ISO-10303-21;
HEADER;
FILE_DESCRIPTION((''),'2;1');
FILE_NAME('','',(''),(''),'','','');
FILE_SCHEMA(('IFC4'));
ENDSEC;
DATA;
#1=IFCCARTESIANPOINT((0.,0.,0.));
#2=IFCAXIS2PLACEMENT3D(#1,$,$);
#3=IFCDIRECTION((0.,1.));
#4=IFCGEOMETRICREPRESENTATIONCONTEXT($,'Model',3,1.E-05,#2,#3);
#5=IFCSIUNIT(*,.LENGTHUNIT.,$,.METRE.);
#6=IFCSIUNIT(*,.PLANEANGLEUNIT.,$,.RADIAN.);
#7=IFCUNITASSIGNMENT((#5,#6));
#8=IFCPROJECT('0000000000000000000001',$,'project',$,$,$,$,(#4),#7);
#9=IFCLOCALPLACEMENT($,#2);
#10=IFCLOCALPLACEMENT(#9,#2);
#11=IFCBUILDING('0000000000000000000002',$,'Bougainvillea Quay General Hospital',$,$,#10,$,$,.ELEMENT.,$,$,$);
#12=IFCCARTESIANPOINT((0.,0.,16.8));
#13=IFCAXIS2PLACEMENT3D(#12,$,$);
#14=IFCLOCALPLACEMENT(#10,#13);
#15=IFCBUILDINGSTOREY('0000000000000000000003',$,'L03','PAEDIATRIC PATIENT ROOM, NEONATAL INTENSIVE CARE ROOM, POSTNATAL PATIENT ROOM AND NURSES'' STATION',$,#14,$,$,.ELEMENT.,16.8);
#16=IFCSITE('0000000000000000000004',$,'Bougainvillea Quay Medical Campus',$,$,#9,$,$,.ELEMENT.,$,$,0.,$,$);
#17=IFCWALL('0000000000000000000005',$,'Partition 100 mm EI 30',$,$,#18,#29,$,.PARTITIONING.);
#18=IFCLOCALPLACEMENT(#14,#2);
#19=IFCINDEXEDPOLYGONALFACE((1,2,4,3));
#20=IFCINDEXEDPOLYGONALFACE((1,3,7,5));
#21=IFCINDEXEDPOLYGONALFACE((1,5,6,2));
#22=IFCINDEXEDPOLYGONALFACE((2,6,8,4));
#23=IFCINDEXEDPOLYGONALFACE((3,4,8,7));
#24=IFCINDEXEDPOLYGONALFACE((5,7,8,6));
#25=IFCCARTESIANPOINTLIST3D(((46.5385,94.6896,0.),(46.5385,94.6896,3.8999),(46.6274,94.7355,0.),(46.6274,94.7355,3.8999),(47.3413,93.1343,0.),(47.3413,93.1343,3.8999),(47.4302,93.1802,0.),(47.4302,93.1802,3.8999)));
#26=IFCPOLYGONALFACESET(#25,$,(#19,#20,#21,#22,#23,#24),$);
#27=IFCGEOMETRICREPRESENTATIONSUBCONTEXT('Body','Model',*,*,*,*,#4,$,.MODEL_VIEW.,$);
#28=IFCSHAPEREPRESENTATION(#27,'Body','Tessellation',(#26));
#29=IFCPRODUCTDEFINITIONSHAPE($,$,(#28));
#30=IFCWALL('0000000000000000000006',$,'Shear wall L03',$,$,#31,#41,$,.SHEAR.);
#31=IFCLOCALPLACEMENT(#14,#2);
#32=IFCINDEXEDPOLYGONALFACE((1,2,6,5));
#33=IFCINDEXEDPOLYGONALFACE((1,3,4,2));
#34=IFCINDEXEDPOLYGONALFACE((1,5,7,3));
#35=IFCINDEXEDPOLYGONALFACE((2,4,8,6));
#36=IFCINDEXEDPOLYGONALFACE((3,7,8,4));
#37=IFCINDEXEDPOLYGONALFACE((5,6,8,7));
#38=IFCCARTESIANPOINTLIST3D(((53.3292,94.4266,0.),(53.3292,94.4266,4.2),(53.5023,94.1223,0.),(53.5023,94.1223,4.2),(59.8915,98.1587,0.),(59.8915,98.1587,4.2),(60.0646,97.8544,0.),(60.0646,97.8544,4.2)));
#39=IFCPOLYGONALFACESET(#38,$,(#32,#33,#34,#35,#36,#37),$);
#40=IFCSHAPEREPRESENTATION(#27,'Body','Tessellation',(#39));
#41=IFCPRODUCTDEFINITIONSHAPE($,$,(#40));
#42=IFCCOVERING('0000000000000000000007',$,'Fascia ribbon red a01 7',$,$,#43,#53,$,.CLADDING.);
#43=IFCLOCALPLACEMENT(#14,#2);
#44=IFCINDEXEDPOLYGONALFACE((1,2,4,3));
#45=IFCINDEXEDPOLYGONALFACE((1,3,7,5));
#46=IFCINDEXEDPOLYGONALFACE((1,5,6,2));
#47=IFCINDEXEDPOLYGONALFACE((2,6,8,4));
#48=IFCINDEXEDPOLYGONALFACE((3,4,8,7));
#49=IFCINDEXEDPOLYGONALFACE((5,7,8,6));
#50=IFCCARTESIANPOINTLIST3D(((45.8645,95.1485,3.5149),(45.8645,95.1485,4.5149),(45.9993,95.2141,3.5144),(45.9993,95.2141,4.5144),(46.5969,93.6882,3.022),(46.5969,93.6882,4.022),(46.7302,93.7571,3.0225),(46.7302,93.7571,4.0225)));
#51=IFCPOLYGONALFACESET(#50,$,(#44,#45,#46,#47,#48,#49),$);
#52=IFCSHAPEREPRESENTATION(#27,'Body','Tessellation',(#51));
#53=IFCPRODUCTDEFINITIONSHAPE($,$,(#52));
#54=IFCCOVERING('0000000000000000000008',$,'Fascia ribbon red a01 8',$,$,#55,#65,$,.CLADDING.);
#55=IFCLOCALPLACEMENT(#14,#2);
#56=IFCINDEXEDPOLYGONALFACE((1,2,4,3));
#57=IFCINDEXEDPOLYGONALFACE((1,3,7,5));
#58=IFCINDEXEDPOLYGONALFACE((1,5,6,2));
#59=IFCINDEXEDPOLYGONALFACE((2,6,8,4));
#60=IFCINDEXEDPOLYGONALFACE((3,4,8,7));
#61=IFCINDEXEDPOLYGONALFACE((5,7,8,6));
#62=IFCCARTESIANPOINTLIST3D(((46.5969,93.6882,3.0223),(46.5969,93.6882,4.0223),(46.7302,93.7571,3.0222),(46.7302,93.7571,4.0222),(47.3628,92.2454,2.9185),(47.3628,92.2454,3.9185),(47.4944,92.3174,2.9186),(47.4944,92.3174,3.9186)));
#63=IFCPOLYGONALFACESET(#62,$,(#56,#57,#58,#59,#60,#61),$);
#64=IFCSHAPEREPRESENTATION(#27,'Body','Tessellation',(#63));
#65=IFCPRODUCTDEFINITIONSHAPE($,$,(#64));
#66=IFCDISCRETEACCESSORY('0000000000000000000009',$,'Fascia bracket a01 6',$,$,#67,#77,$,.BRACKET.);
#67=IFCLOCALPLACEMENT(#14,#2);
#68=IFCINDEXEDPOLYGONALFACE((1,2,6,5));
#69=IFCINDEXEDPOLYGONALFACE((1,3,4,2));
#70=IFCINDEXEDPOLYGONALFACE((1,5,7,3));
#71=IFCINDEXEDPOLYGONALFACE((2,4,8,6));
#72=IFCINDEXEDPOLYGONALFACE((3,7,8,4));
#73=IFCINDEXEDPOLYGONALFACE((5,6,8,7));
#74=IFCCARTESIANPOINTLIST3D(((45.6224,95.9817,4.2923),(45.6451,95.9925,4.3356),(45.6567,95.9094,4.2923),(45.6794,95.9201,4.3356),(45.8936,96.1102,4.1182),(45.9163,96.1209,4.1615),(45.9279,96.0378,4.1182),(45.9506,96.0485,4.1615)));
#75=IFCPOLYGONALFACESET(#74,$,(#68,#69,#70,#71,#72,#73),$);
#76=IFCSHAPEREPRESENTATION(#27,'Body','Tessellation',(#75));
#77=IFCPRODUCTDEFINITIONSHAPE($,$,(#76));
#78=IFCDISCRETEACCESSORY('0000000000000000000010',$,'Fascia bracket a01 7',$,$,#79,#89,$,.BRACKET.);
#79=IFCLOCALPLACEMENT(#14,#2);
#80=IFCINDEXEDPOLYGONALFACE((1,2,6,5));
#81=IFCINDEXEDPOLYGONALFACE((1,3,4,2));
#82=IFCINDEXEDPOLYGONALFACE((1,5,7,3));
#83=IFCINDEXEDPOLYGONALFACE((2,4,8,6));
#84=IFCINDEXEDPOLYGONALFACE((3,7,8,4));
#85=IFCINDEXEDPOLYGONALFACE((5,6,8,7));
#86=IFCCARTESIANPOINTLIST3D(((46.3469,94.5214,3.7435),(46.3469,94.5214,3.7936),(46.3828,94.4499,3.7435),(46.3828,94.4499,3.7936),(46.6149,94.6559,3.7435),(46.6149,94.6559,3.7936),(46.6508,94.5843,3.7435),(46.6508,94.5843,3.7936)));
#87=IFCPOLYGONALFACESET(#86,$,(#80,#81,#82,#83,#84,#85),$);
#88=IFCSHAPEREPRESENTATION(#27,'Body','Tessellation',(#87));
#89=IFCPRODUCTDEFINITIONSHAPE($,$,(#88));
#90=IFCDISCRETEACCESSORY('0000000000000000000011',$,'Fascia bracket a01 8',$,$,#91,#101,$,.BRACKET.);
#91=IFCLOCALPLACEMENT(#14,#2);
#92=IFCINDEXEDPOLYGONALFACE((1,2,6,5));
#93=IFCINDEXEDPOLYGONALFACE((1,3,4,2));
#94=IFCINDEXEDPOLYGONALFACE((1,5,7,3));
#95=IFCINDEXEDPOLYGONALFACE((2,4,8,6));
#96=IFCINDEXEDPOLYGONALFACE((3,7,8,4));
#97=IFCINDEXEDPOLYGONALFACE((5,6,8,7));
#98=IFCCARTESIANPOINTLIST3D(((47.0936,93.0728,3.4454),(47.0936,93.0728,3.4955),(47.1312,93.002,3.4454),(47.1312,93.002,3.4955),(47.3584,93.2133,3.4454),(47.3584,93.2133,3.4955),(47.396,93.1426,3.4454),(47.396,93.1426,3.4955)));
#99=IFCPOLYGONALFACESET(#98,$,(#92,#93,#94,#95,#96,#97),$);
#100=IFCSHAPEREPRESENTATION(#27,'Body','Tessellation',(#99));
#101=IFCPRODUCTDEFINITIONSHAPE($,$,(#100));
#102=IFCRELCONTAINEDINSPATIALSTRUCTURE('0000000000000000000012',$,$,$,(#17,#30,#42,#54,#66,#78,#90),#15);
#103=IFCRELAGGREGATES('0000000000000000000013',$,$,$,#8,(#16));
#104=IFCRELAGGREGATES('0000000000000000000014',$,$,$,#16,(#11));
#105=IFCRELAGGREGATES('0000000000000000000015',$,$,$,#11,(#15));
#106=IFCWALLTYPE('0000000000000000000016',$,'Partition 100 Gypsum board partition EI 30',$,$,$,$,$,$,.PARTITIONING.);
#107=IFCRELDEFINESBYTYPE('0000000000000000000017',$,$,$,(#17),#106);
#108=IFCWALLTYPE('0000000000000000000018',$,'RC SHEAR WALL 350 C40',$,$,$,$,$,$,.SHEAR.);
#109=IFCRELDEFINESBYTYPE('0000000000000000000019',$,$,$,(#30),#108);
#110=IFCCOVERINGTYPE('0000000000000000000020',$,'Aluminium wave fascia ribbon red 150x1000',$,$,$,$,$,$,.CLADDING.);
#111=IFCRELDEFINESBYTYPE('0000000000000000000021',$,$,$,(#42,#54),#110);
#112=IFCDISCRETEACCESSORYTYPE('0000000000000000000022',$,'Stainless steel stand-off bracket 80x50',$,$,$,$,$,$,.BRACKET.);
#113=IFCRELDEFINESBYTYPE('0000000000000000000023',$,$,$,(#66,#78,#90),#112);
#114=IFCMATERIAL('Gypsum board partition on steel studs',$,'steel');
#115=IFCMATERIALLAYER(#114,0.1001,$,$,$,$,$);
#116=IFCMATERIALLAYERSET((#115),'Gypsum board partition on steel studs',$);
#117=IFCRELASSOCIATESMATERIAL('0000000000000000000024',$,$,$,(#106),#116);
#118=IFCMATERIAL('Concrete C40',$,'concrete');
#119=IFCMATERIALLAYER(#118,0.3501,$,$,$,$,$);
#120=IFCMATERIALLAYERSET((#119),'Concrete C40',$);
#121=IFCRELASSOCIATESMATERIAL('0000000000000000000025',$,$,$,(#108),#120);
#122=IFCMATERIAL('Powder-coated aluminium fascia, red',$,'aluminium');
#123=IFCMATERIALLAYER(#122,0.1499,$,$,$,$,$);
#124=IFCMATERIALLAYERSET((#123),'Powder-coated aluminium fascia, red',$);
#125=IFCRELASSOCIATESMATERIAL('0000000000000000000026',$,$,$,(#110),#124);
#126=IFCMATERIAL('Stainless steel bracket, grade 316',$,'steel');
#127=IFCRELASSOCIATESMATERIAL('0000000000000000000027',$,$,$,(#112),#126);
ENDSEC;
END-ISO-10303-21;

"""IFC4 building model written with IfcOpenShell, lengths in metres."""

from ifc_helpers import new_model, si_unit, direction, frame, frame_2d, origin, origin_2d, place, context, subcontext, project, spatial, polyline, rectangle, outline, extrude, material, layer, layer_set, material_profile, profile_set, type_object, element, save


model = new_model("IFC4")

# Units and contexts
model_context = context("Model", 3, precision=1e-05, world=origin(), true_north=direction((0.0, 1.0)))
body_context = subcontext(model_context, "Body", "Model", "MODEL_VIEW")
ifc_project = project(units=[si_unit("LENGTHUNIT", "METRE"), si_unit("PLANEANGLEUNIT", "RADIAN")], contexts=[model_context])

# Site, building, storey
site_placement = place(None, origin())
site = spatial("IfcSite", under=ifc_project, at=site_placement, Name="Bougainvillea Quay Medical Campus", CompositionType="ELEMENT", RefElevation=0.0)
building_placement = place(site_placement, origin())
building = spatial("IfcBuilding", under=site, at=building_placement, Name="Bougainvillea Quay General Hospital", CompositionType="ELEMENT")
storey_placement = place(building_placement, frame((0.0, 0.0, 16.8)))
storey = spatial("IfcBuildingStorey", under=building, at=storey_placement, Name="L03", Description="PAEDIATRIC PATIENT ROOM, NEONATAL INTENSIVE CARE ROOM, POSTNATAL PATIENT ROOM AND NURSES' STATION", CompositionType="ELEMENT", Elevation=16.8)

# Shared definitions
ifc_material_1 = material(Name="Concrete C40", Category="concrete")

# Walls
ifc_material_2 = material(Name="Gypsum board partition on steel studs", Category="steel")
ifc_layer_1 = layer(ifc_material_2, 0.1001)
ifc_layer_set_1 = layer_set([ifc_layer_1], Name="Gypsum board partition on steel studs")
wall_type_1 = type_object("IfcWallType", Name="Partition 100 Gypsum board partition EI 30", PredefinedType="PARTITIONING", material=ifc_layer_set_1)
wall_1_placement = place(storey_placement, frame((46.583, 94.7124, 0.0), z_axis=(0.0, 0.0, 1.0), x_axis=(0.458671, -0.888606, 0.0)))
element("IfcWall", 1, at=wall_1_placement, inside=storey, type_object=wall_type_1, Name="Partition 100 mm EI 30", PredefinedType="PARTITIONING", context=body_context, shape_type="SweptSolid", body=[
    extrude(rectangle(XDim=1.7502, YDim=0.1001, at=frame_2d((0.875, 0.0))), origin(), (0.0, 0.0, 1.0), 3.8999),
])
ifc_layer_2 = layer(ifc_material_1, 0.3501)
ifc_layer_set_2 = layer_set([ifc_layer_2], Name="Concrete C40")
wall_type_2 = type_object("IfcWallType", Name="RC SHEAR WALL 350 C40", PredefinedType="SHEAR", material=ifc_layer_set_2)
wall_2_placement = place(storey_placement, frame((53.4158, 94.2744, 0.0), z_axis=(0.0, 0.0, 1.0), x_axis=(0.86925, 0.494372, 0.0)))
element("IfcWall", 2, at=wall_2_placement, inside=storey, type_object=wall_type_2, Name="Shear wall L03", PredefinedType="SHEAR", context=body_context, shape_type="SweptSolid", body=[
    extrude(rectangle(XDim=7.5493, YDim=0.3501, at=frame_2d((3.7747, 0.0))), origin(), (0.0, 0.0, 1.0), 4.2),
])

# Coverings
ifc_material_3 = material(Name="Powder-coated aluminium fascia, red", Category="aluminium")
ifc_layer_3 = layer(ifc_material_3, 0.1499)
ifc_layer_set_3 = layer_set([ifc_layer_3], Name="Powder-coated aluminium fascia, red")
covering_type = type_object("IfcCoveringType", Name="Aluminium wave fascia ribbon red 150x1000", PredefinedType="CLADDING", material=ifc_layer_set_3)
covering_1_placement = place(storey_placement, frame((45.9993, 95.2141, 3.5144), z_axis=(0.129574, -0.258208, 0.957361), x_axis=(0.429291, -0.855715, -0.288896)))
element("IfcCovering", 3, at=covering_1_placement, inside=storey, type_object=covering_type, Name="Fascia ribbon red a01 7", PredefinedType="CLADDING", context=body_context, shape_type="SweptSolid", body=[
    extrude(outline(polyline([(0.0, 0.0), (1.7026, 0.0), (1.7045, -0.15), (-0.0019, -0.1499), (0.0, 0.0)])), origin(), (-0.288896, -0.000032, 0.957361), 1.0),
])
covering_2_placement = place(storey_placement, frame((46.7302, 93.7571, 3.0222), z_axis=(0.029797, -0.05603, 0.997984), x_axis=(0.467885, -0.881508, -0.063461)))
element("IfcCovering", 4, at=covering_2_placement, inside=storey, type_object=covering_type, Name="Fascia ribbon red a01 8", PredefinedType="CLADDING", context=body_context, shape_type="SweptSolid", body=[
    extrude(outline(polyline([(0.0, 0.0), (1.6332, 0.0), (1.6351, -0.15), (-0.0017, -0.15), (0.0, 0.0)])), origin(), (-0.063461, -0.00005, 0.997984), 1.0),
])

# Discrete accessories
ifc_material_4 = material(Name="Stainless steel bracket, grade 316", Category="steel")
ifc_material_profile_1 = material_profile(ifc_material_4, rectangle(XDim=0.0801, YDim=0.05, at=origin_2d()))
ifc_profile_set_1 = profile_set([ifc_material_profile_1], Name="Stainless steel bracket, grade 316")
discrete_accessory_type = type_object("IfcDiscreteAccessoryType", Name="Stainless steel stand-off bracket 80x50", PredefinedType="BRACKET", material=ifc_profile_set_1)
discrete_accessory_placement = place(storey_placement, frame((45.9221, 96.0793, 4.1399), z_axis=(-0.78182, -0.37015, 0.501744), x_axis=(0.427911, -0.903821, 0.0)))
element("IfcDiscreteAccessory", 5, at=discrete_accessory_placement, inside=storey, type_object=discrete_accessory_type, Name="Fascia bracket a01 6", PredefinedType="BRACKET", context=body_context, shape_type="SweptSolid", body=[
    extrude(rectangle(XDim=0.0801, YDim=0.05, at=origin_2d()), origin(), (0.0, 0.0, 1.0), 0.3469),
])
for number, where, z_axis, x_axis, name in (
    (6, (46.6328, 94.6201, 3.7686), (-0.893775, -0.448516, 0.0), (0.448516, -0.893775, 0.0), "Fascia bracket a01 7"),
    (7, (47.3772, 93.178, 3.4705), (-0.883253, -0.468897, 0.0), (0.468897, -0.883253, 0.0), "Fascia bracket a01 8"),
):
    element("IfcDiscreteAccessory", number, at=place(storey_placement, frame(where, z_axis=z_axis, x_axis=x_axis)), inside=storey, type_object=discrete_accessory_type, Name=name, PredefinedType="BRACKET", context=body_context, shape_type="SweptSolid", body=[
        extrude(rectangle(XDim=0.0801, YDim=0.05, at=origin_2d()), origin(), (0.0, 0.0, 1.0), 0.2998),
    ])

save(model, "model.ifc")
